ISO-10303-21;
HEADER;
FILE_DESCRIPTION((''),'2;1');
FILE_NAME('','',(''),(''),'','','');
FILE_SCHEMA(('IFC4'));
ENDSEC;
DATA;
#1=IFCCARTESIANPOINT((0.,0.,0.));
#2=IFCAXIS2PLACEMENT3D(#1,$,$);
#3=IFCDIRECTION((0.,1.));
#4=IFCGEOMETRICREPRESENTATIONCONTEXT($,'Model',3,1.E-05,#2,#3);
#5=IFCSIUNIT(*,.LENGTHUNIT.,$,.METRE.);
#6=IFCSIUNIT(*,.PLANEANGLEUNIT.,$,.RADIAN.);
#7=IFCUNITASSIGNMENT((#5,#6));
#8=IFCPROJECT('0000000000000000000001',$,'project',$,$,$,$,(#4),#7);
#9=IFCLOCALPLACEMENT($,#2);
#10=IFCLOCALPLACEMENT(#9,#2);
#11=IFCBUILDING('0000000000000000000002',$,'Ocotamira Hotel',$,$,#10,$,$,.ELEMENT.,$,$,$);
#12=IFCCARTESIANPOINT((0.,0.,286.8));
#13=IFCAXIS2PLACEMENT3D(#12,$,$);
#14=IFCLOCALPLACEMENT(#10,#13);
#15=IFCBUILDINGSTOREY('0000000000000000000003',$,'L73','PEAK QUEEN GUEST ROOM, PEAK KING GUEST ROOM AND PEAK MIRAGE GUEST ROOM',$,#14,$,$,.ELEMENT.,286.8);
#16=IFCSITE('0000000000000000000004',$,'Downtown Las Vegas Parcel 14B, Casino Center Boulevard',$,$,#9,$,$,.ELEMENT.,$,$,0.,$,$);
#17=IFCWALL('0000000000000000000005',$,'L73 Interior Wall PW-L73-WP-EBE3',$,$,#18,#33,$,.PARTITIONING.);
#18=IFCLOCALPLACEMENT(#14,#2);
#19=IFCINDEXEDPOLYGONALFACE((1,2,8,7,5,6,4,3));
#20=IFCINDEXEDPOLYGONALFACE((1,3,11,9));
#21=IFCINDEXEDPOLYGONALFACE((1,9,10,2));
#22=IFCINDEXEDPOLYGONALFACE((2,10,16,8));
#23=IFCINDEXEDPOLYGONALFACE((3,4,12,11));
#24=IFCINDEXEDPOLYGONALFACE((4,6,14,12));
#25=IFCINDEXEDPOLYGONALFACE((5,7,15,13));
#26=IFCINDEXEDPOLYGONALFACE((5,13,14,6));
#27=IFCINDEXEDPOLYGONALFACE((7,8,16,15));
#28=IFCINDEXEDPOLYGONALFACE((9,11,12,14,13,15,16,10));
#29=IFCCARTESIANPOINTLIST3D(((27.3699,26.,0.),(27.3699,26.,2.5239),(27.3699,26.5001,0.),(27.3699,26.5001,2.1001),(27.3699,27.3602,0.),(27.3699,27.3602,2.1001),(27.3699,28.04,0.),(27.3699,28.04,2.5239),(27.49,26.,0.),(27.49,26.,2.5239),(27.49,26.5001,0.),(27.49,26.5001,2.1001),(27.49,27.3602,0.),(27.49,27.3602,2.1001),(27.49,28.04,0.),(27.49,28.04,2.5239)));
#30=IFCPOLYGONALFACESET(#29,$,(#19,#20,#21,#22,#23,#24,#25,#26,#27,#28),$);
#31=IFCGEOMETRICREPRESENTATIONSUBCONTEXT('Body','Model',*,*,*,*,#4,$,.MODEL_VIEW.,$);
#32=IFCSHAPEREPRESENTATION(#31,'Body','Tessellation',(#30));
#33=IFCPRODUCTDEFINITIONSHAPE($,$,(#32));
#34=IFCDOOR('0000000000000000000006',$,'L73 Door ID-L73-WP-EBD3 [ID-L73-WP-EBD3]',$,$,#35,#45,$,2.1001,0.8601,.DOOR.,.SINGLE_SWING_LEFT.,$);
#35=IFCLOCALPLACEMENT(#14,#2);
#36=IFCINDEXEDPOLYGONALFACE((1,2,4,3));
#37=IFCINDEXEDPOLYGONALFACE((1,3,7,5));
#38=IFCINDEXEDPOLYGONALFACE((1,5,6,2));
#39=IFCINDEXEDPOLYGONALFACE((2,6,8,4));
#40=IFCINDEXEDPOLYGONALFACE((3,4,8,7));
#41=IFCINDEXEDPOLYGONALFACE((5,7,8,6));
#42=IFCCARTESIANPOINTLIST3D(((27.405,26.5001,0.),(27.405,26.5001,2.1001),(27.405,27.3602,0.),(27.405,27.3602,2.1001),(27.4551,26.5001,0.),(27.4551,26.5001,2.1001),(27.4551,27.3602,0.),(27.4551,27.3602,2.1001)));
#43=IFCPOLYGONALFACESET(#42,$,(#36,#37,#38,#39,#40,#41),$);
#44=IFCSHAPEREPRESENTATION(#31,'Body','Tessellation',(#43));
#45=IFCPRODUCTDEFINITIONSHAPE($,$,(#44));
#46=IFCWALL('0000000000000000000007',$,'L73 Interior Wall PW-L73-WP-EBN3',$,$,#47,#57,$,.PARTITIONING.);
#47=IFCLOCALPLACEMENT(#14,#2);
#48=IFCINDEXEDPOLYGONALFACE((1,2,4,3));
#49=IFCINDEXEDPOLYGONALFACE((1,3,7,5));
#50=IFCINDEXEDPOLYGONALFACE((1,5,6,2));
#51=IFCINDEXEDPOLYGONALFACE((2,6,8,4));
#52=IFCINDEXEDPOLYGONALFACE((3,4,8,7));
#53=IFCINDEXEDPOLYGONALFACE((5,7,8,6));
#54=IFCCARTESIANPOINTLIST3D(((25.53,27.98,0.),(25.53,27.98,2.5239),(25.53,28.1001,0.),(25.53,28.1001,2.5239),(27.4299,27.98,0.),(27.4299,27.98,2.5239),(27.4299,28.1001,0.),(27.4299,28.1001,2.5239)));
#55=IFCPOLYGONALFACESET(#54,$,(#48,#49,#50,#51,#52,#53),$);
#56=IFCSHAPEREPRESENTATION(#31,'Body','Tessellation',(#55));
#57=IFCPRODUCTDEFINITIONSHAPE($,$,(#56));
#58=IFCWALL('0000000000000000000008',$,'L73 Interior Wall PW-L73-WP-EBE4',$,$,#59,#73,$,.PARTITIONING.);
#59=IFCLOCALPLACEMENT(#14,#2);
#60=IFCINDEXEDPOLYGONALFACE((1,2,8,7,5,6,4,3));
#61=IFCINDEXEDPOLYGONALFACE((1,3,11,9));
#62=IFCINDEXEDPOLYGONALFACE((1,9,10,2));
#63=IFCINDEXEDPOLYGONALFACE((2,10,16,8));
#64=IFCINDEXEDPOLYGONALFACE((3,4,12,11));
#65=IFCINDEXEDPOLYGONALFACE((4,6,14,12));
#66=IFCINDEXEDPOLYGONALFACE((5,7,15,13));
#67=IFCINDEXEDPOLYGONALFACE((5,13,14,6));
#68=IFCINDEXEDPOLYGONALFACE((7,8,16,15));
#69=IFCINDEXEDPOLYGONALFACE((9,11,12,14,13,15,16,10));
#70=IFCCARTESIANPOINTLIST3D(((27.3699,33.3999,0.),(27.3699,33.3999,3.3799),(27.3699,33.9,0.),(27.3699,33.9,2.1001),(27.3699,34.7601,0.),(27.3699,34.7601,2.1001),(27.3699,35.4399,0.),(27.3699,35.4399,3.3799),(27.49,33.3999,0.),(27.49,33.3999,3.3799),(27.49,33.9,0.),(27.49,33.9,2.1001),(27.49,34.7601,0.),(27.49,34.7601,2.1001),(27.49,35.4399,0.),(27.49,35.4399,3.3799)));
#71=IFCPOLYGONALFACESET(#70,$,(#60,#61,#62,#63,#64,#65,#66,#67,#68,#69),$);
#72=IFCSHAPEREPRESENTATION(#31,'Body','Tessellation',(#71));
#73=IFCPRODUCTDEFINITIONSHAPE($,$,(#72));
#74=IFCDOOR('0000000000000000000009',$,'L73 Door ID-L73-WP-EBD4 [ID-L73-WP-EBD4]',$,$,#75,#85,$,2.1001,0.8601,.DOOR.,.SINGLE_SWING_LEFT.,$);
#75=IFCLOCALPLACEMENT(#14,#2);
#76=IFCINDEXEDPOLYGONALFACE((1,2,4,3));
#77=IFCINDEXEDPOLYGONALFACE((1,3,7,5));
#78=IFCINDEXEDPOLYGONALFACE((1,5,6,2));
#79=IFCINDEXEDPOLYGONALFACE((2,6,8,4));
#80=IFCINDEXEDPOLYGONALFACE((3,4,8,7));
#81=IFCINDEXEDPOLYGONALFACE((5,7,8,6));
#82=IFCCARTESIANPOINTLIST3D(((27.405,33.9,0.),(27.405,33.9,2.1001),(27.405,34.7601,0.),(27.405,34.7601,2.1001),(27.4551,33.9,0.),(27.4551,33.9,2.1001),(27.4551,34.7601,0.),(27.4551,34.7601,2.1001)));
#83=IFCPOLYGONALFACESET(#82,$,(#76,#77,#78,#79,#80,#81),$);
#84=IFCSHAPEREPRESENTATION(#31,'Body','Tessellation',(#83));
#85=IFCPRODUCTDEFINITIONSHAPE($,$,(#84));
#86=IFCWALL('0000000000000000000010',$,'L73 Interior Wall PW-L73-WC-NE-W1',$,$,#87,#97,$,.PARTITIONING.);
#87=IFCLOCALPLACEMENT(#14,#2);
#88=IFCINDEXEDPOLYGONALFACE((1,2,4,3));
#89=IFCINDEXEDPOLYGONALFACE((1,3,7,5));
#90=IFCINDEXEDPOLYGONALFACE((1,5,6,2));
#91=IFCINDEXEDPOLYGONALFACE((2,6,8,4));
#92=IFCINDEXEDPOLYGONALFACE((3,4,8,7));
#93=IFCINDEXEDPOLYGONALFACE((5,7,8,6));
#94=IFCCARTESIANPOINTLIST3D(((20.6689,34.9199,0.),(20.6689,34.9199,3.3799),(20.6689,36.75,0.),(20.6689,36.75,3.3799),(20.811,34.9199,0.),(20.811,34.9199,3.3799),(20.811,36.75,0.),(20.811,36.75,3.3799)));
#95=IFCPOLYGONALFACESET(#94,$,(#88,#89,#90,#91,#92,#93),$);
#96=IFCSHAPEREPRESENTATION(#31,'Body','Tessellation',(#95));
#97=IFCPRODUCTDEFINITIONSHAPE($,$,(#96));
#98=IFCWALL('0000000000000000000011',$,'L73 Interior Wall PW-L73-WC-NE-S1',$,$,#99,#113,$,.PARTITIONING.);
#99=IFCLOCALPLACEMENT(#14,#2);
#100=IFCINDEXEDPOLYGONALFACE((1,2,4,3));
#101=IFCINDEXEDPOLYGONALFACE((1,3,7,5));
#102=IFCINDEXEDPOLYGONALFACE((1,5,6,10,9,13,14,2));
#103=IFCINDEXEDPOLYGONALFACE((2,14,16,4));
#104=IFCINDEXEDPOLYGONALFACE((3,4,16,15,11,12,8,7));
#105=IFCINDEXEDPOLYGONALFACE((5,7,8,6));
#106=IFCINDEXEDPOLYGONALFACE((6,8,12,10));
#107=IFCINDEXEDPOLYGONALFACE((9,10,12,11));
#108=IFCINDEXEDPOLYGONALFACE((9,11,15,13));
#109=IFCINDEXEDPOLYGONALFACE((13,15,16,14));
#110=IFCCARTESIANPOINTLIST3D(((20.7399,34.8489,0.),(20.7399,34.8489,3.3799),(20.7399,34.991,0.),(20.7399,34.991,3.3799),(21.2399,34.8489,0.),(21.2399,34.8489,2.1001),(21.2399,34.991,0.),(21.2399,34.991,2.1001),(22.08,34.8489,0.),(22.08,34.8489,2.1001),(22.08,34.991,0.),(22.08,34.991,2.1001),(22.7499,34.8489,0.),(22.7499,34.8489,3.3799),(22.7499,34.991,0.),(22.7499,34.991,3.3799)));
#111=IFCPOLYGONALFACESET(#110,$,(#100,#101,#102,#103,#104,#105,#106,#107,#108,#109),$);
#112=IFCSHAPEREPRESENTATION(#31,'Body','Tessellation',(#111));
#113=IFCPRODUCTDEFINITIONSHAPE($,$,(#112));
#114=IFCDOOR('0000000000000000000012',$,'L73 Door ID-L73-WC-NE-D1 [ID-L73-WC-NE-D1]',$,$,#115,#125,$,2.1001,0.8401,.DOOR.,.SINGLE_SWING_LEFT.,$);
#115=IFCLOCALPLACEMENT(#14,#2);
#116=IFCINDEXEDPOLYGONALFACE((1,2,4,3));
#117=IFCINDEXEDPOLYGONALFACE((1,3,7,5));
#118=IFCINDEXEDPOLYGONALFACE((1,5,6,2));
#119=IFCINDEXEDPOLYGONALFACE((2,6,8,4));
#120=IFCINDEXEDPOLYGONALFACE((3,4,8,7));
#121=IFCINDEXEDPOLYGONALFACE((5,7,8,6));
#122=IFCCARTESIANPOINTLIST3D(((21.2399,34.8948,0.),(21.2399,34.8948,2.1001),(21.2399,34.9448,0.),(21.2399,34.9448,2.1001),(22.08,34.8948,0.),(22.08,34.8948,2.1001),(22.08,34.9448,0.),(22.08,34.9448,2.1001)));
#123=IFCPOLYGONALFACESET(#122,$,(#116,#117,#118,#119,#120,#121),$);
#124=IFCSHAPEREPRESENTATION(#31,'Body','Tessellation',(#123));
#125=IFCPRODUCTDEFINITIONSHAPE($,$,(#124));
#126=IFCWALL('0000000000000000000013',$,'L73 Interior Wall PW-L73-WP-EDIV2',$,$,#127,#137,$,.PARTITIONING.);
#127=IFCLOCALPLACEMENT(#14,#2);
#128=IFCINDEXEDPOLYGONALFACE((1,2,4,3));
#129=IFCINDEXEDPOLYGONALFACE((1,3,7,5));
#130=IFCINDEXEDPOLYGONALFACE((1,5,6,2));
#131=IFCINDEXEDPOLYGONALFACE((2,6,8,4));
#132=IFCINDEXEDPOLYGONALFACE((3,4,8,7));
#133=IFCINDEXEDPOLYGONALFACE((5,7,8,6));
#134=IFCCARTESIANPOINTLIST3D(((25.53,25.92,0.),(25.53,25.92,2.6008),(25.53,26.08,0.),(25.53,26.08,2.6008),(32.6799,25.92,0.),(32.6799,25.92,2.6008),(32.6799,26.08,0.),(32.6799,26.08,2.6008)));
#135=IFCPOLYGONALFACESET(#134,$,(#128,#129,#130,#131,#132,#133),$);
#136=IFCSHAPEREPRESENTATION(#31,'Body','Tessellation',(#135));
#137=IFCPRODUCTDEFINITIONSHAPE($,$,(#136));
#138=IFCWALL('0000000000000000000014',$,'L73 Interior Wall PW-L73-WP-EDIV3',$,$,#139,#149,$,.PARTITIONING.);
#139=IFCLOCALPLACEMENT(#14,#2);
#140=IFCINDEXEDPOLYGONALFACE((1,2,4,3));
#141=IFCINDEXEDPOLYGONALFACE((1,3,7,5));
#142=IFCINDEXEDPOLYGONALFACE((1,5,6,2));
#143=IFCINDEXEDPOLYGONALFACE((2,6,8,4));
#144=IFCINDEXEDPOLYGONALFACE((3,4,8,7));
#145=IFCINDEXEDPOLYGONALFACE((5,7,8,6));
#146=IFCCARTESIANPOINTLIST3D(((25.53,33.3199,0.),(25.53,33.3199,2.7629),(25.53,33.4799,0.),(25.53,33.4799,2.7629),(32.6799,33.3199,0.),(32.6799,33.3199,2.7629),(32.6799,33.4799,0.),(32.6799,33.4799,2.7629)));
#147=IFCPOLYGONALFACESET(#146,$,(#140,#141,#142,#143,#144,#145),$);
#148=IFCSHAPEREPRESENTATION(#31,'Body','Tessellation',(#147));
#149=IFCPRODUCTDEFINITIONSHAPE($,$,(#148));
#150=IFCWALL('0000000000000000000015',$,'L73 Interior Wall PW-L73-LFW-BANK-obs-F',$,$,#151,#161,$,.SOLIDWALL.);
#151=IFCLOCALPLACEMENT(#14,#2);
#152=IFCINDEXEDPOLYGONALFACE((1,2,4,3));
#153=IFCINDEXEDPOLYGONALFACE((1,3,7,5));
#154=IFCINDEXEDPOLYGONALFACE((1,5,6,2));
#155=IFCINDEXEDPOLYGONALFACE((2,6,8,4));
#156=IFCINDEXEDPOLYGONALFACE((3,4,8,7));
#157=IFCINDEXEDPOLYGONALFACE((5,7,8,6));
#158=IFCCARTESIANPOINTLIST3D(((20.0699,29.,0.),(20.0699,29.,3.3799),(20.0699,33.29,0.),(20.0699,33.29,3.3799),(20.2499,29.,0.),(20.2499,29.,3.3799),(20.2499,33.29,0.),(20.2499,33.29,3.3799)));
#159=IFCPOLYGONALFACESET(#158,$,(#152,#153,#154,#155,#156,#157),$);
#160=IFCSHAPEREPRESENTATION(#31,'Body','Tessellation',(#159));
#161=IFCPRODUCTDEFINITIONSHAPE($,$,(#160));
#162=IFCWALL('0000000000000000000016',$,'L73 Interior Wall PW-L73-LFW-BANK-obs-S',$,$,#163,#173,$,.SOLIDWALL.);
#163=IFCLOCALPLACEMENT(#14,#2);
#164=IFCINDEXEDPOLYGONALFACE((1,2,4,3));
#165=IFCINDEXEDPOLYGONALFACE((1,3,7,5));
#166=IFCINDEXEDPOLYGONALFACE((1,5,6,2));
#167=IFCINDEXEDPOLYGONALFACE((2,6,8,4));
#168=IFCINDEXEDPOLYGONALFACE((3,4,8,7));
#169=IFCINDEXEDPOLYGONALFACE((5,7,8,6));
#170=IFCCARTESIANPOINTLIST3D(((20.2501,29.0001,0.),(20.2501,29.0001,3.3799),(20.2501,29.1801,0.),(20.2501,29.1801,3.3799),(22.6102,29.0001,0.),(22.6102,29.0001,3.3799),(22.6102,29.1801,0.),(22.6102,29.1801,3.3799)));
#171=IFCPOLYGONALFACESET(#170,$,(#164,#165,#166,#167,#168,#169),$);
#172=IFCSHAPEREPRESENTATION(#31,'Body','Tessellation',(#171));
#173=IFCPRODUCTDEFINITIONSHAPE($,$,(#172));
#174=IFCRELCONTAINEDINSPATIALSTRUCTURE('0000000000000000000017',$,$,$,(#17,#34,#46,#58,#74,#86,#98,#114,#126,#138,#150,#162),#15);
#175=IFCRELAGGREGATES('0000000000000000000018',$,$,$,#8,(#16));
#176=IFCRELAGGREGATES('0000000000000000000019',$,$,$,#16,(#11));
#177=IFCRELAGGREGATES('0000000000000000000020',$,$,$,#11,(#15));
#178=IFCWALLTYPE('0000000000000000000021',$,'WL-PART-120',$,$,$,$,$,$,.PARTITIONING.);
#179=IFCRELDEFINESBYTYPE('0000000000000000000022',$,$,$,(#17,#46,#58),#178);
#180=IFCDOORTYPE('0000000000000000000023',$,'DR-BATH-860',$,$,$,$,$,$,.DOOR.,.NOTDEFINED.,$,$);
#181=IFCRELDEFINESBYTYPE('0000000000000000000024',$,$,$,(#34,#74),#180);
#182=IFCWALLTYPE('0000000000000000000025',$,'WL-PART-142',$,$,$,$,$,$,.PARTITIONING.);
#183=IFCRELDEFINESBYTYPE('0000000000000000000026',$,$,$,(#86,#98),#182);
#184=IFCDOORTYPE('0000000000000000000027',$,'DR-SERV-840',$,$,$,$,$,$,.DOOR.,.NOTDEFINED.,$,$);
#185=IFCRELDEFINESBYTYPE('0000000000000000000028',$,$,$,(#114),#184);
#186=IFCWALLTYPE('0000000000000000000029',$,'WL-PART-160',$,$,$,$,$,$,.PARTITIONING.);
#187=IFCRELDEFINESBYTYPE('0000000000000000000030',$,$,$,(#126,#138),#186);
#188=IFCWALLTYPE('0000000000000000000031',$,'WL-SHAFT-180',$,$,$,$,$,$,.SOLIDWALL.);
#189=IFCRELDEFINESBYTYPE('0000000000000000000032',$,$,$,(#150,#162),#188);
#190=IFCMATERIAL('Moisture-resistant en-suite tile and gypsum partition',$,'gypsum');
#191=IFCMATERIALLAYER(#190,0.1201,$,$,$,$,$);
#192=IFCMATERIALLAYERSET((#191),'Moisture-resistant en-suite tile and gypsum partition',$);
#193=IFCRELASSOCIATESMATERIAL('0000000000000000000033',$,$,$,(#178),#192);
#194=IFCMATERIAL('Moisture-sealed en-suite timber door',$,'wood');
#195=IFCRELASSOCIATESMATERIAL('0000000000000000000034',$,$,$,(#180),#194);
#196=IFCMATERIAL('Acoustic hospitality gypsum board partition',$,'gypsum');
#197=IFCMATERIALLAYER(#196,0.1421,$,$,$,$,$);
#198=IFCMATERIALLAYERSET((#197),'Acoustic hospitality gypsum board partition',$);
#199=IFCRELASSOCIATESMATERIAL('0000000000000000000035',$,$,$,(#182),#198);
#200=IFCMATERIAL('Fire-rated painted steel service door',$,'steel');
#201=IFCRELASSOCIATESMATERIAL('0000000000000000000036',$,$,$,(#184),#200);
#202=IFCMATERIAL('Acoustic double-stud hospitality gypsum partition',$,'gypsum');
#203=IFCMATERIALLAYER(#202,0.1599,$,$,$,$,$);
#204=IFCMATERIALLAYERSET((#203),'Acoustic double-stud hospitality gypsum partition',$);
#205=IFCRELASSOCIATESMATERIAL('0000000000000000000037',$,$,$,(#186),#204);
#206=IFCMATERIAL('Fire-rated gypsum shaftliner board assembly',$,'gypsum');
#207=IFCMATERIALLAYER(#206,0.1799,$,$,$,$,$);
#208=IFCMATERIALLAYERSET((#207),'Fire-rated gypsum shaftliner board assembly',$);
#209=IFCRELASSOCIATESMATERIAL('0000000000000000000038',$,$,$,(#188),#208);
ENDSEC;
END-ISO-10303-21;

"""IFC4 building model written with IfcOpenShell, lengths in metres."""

from ifc_helpers import new_model, si_unit, direction, frame, frame_2d, origin, place, context, subcontext, project, spatial, rectangle, extrude, source, transform, mapped, material, layer, layer_set, type_object, element, fill, save


model = new_model("IFC4")

# Units and contexts
model_context = context("Model", 3, precision=1e-05, world=origin(), true_north=direction((0.0, 1.0)))
body_context = subcontext(model_context, "Body", "Model", "MODEL_VIEW")
ifc_project = project(units=[si_unit("LENGTHUNIT", "METRE"), si_unit("PLANEANGLEUNIT", "RADIAN")], contexts=[model_context])

# Site, building, storey
site_placement = place(None, origin())
site = spatial("IfcSite", under=ifc_project, at=site_placement, Name="Downtown Las Vegas Parcel 14B, Casino Center Boulevard", CompositionType="ELEMENT", RefElevation=0.0)
building_placement = place(site_placement, origin())
building = spatial("IfcBuilding", under=site, at=building_placement, Name="Ocotamira Hotel", CompositionType="ELEMENT")
storey_placement = place(building_placement, frame((0.0, 0.0, 286.8)))
storey = spatial("IfcBuildingStorey", under=building, at=storey_placement, Name="L73", Description="PEAK QUEEN GUEST ROOM, PEAK KING GUEST ROOM AND PEAK MIRAGE GUEST ROOM", CompositionType="ELEMENT", Elevation=286.8)

# Wall, opening, door
ifc_material_1 = material(Name="Moisture-resistant en-suite tile and gypsum partition", Category="gypsum")
ifc_layer_1 = layer(ifc_material_1, 0.1201)
ifc_layer_set_1 = layer_set([ifc_layer_1], Name="Moisture-resistant en-suite tile and gypsum partition")
wall_type_1 = type_object("IfcWallType", Name="WL-PART-120", PredefinedType="PARTITIONING", material=ifc_layer_set_1)
wall_1_placement = place(storey_placement, frame((27.4299, 26.0, 0.0), z_axis=(0.0, 0.0, 1.0), x_axis=(0.0, 1.0, 0.0)))
wall_1 = element("IfcWall", 1, at=wall_1_placement, inside=storey, type_object=wall_type_1, Name="L73 Interior Wall PW-L73-WP-EBE3", PredefinedType="PARTITIONING", context=body_context, shape_type="SweptSolid", body=[
    extrude(rectangle(XDim=2.04, YDim=0.1201, at=frame_2d((1.02, 0.0))), origin(), (0.0, 0.0, 1.0), 2.5239),
])
opening_1_placement = place(wall_1_placement, frame((0.5, 0.0, 0.0)))
opening_1 = element("IfcOpeningElement", 2, at=opening_1_placement, cuts=wall_1, PredefinedType="OPENING", context=body_context, shape_type="SweptSolid", body=[
    extrude(rectangle(XDim=0.8601, YDim=2.1001, at=frame_2d((0.4302, 1.05))), frame((0.0, 0.0701, 0.0), z_axis=(0.0, -1.0, 0.0), x_axis=(1.0, 0.0, 0.0)), (0.0, 0.0, 1.0), 0.1401),
])
ifc_material_2 = material(Name="Moisture-sealed en-suite timber door", Category="wood")
door_type_1 = type_object("IfcDoorType", Name="DR-BATH-860", OperationType="NOTDEFINED", PredefinedType="DOOR", material=ifc_material_2)
shared_shape_1 = source(origin(), body_context, "Body", "SweptSolid", [
    extrude(rectangle(XDim=0.8601, YDim=2.1001, at=frame_2d((0.4302, 1.05))), frame((0.0, 0.0249, 0.0), z_axis=(0.0, -1.0, 0.0), x_axis=(1.0, 0.0, 0.0)), (0.0, 0.0, 1.0), 0.05),
])
door_1_placement = place(opening_1_placement, origin())
door_1 = element("IfcDoor", 3, at=door_1_placement, inside=storey, type_object=door_type_1, Name="L73 Door ID-L73-WP-EBD3 [ID-L73-WP-EBD3]", OperationType="SINGLE_SWING_LEFT", OverallHeight=2.1001, OverallWidth=0.8601, PredefinedType="DOOR", context=body_context, shape_type="MappedRepresentation", body=[
    mapped(shared_shape_1, transform((0.0, 0.0, 0.0), scale=1.0)),
])
fill(opening_1, door_1)

# Wall
wall_2_placement = place(storey_placement, frame((25.53, 28.04, 0.0), z_axis=(0.0, 0.0, 1.0), x_axis=(1.0, 0.0, 0.0)))
element("IfcWall", 4, at=wall_2_placement, inside=storey, type_object=wall_type_1, Name="L73 Interior Wall PW-L73-WP-EBN3", PredefinedType="PARTITIONING", context=body_context, shape_type="SweptSolid", body=[
    extrude(rectangle(XDim=1.8999, YDim=0.1201, at=frame_2d((0.95, 0.0))), origin(), (0.0, 0.0, 1.0), 2.5239),
])

# Wall, opening, door
wall_3_placement = place(storey_placement, frame((27.4299, 33.3999, 0.0), z_axis=(0.0, 0.0, 1.0), x_axis=(0.0, 1.0, 0.0)))
wall_3 = element("IfcWall", 5, at=wall_3_placement, inside=storey, type_object=wall_type_1, Name="L73 Interior Wall PW-L73-WP-EBE4", PredefinedType="PARTITIONING", context=body_context, shape_type="SweptSolid", body=[
    extrude(rectangle(XDim=2.04, YDim=0.1201, at=frame_2d((1.02, 0.0))), origin(), (0.0, 0.0, 1.0), 3.3799),
])
opening_2_placement = place(wall_3_placement, frame((0.5, 0.0, 0.0)))
opening_2 = element("IfcOpeningElement", 6, at=opening_2_placement, cuts=wall_3, PredefinedType="OPENING", context=body_context, shape_type="SweptSolid", body=[
    extrude(rectangle(XDim=0.8601, YDim=2.1001, at=frame_2d((0.4302, 1.05))), frame((0.0, 0.0701, 0.0), z_axis=(0.0, -1.0, 0.0), x_axis=(1.0, 0.0, 0.0)), (0.0, 0.0, 1.0), 0.1401),
])
door_2_placement = place(opening_2_placement, origin())
door_2 = element("IfcDoor", 7, at=door_2_placement, inside=storey, type_object=door_type_1, Name="L73 Door ID-L73-WP-EBD4 [ID-L73-WP-EBD4]", OperationType="SINGLE_SWING_LEFT", OverallHeight=2.1001, OverallWidth=0.8601, PredefinedType="DOOR", context=body_context, shape_type="MappedRepresentation", body=[
    mapped(shared_shape_1, transform((0.0, 0.0, 0.0), scale=1.0)),
])
fill(opening_2, door_2)

# Wall
ifc_material_3 = material(Name="Acoustic hospitality gypsum board partition", Category="gypsum")
ifc_layer_2 = layer(ifc_material_3, 0.1421)
ifc_layer_set_2 = layer_set([ifc_layer_2], Name="Acoustic hospitality gypsum board partition")
wall_type_2 = type_object("IfcWallType", Name="WL-PART-142", PredefinedType="PARTITIONING", material=ifc_layer_set_2)
wall_4_placement = place(storey_placement, frame((20.74, 34.9199, 0.0), z_axis=(0.0, 0.0, 1.0), x_axis=(0.0, 1.0, 0.0)))
element("IfcWall", 8, at=wall_4_placement, inside=storey, type_object=wall_type_2, Name="L73 Interior Wall PW-L73-WC-NE-W1", PredefinedType="PARTITIONING", context=body_context, shape_type="SweptSolid", body=[
    extrude(rectangle(XDim=1.8301, YDim=0.1421, at=frame_2d((0.915, 0.0))), origin(), (0.0, 0.0, 1.0), 3.3799),
])

# Wall, opening, door
wall_5_placement = place(storey_placement, frame((20.74, 34.9199, 0.0), z_axis=(0.0, 0.0, 1.0), x_axis=(1.0, 0.0, 0.0)))
wall_5 = element("IfcWall", 9, at=wall_5_placement, inside=storey, type_object=wall_type_2, Name="L73 Interior Wall PW-L73-WC-NE-S1", PredefinedType="PARTITIONING", context=body_context, shape_type="SweptSolid", body=[
    extrude(rectangle(XDim=2.01, YDim=0.1421, at=frame_2d((1.0049, 0.0))), origin(), (0.0, 0.0, 1.0), 3.3799),
])
opening_3_placement = place(wall_5_placement, frame((0.5, 0.0, 0.0)))
opening_3 = element("IfcOpeningElement", 10, at=opening_3_placement, cuts=wall_5, PredefinedType="OPENING", context=body_context, shape_type="SweptSolid", body=[
    extrude(rectangle(XDim=0.8401, YDim=2.1001, at=frame_2d((0.4199, 1.05))), frame((0.0, 0.0811, 0.0), z_axis=(0.0, -1.0, 0.0), x_axis=(1.0, 0.0, 0.0)), (0.0, 0.0, 1.0), 0.1621),
])
ifc_material_4 = material(Name="Fire-rated painted steel service door", Category="steel")
door_type_2 = type_object("IfcDoorType", Name="DR-SERV-840", OperationType="NOTDEFINED", PredefinedType="DOOR", material=ifc_material_4)
shared_shape_2 = source(origin(), body_context, "Body", "SweptSolid", [
    extrude(rectangle(XDim=0.8401, YDim=2.1001, at=frame_2d((0.4199, 1.05))), frame((0.0, 0.0249, 0.0), z_axis=(0.0, -1.0, 0.0), x_axis=(1.0, 0.0, 0.0)), (0.0, 0.0, 1.0), 0.05),
])
door_3_placement = place(opening_3_placement, origin())
door_3 = element("IfcDoor", 11, at=door_3_placement, inside=storey, type_object=door_type_2, Name="L73 Door ID-L73-WC-NE-D1 [ID-L73-WC-NE-D1]", OperationType="SINGLE_SWING_LEFT", OverallHeight=2.1001, OverallWidth=0.8401, PredefinedType="DOOR", context=body_context, shape_type="MappedRepresentation", body=[
    mapped(shared_shape_2, transform((0.0, 0.0, 0.0), scale=1.0)),
])
fill(opening_3, door_3)

# Walls
ifc_material_5 = material(Name="Acoustic double-stud hospitality gypsum partition", Category="gypsum")
ifc_layer_3 = layer(ifc_material_5, 0.1599)
ifc_layer_set_3 = layer_set([ifc_layer_3], Name="Acoustic double-stud hospitality gypsum partition")
wall_type_3 = type_object("IfcWallType", Name="WL-PART-160", PredefinedType="PARTITIONING", material=ifc_layer_set_3)
wall_6_placement = place(storey_placement, frame((25.53, 26.0, 0.0), z_axis=(0.0, 0.0, 1.0), x_axis=(1.0, 0.0, 0.0)))
element("IfcWall", 12, at=wall_6_placement, inside=storey, type_object=wall_type_3, Name="L73 Interior Wall PW-L73-WP-EDIV2", PredefinedType="PARTITIONING", context=body_context, shape_type="SweptSolid", body=[
    extrude(rectangle(XDim=7.1499, YDim=0.1599, at=frame_2d((3.575, 0.0))), origin(), (0.0, 0.0, 1.0), 2.6008),
])
wall_7_placement = place(storey_placement, frame((25.53, 33.3999, 0.0), z_axis=(0.0, 0.0, 1.0), x_axis=(1.0, 0.0, 0.0)))
element("IfcWall", 13, at=wall_7_placement, inside=storey, type_object=wall_type_3, Name="L73 Interior Wall PW-L73-WP-EDIV3", PredefinedType="PARTITIONING", context=body_context, shape_type="SweptSolid", body=[
    extrude(rectangle(XDim=7.1499, YDim=0.1599, at=frame_2d((3.575, 0.0))), origin(), (0.0, 0.0, 1.0), 2.7629),
])
ifc_material_6 = material(Name="Fire-rated gypsum shaftliner board assembly", Category="gypsum")
ifc_layer_4 = layer(ifc_material_6, 0.1799)
ifc_layer_set_4 = layer_set([ifc_layer_4], Name="Fire-rated gypsum shaftliner board assembly")
wall_type_4 = type_object("IfcWallType", Name="WL-SHAFT-180", PredefinedType="SOLIDWALL", material=ifc_layer_set_4)
wall_8_placement = place(storey_placement, frame((20.1599, 29.0, 0.0), z_axis=(0.0, 0.0, 1.0), x_axis=(0.0, 1.0, 0.0)))
element("IfcWall", 14, at=wall_8_placement, inside=storey, type_object=wall_type_4, Name="L73 Interior Wall PW-L73-LFW-BANK-obs-F", PredefinedType="SOLIDWALL", context=body_context, shape_type="SweptSolid", body=[
    extrude(rectangle(XDim=4.29, YDim=0.1799, at=frame_2d((2.145, 0.0))), origin(), (0.0, 0.0, 1.0), 3.3799),
])
wall_9_placement = place(storey_placement, frame((20.25, 29.0901, 0.0), z_axis=(0.0, 0.0, 1.0), x_axis=(1.0, 0.0, 0.0)))
element("IfcWall", 15, at=wall_9_placement, inside=storey, type_object=wall_type_4, Name="L73 Interior Wall PW-L73-LFW-BANK-obs-S", PredefinedType="SOLIDWALL", context=body_context, shape_type="SweptSolid", body=[
    extrude(rectangle(XDim=2.3601, YDim=0.1799, at=frame_2d((1.1802, 0.0))), origin(), (0.0, 0.0, 1.0), 3.3799),
])

save(model, "model.ifc")
